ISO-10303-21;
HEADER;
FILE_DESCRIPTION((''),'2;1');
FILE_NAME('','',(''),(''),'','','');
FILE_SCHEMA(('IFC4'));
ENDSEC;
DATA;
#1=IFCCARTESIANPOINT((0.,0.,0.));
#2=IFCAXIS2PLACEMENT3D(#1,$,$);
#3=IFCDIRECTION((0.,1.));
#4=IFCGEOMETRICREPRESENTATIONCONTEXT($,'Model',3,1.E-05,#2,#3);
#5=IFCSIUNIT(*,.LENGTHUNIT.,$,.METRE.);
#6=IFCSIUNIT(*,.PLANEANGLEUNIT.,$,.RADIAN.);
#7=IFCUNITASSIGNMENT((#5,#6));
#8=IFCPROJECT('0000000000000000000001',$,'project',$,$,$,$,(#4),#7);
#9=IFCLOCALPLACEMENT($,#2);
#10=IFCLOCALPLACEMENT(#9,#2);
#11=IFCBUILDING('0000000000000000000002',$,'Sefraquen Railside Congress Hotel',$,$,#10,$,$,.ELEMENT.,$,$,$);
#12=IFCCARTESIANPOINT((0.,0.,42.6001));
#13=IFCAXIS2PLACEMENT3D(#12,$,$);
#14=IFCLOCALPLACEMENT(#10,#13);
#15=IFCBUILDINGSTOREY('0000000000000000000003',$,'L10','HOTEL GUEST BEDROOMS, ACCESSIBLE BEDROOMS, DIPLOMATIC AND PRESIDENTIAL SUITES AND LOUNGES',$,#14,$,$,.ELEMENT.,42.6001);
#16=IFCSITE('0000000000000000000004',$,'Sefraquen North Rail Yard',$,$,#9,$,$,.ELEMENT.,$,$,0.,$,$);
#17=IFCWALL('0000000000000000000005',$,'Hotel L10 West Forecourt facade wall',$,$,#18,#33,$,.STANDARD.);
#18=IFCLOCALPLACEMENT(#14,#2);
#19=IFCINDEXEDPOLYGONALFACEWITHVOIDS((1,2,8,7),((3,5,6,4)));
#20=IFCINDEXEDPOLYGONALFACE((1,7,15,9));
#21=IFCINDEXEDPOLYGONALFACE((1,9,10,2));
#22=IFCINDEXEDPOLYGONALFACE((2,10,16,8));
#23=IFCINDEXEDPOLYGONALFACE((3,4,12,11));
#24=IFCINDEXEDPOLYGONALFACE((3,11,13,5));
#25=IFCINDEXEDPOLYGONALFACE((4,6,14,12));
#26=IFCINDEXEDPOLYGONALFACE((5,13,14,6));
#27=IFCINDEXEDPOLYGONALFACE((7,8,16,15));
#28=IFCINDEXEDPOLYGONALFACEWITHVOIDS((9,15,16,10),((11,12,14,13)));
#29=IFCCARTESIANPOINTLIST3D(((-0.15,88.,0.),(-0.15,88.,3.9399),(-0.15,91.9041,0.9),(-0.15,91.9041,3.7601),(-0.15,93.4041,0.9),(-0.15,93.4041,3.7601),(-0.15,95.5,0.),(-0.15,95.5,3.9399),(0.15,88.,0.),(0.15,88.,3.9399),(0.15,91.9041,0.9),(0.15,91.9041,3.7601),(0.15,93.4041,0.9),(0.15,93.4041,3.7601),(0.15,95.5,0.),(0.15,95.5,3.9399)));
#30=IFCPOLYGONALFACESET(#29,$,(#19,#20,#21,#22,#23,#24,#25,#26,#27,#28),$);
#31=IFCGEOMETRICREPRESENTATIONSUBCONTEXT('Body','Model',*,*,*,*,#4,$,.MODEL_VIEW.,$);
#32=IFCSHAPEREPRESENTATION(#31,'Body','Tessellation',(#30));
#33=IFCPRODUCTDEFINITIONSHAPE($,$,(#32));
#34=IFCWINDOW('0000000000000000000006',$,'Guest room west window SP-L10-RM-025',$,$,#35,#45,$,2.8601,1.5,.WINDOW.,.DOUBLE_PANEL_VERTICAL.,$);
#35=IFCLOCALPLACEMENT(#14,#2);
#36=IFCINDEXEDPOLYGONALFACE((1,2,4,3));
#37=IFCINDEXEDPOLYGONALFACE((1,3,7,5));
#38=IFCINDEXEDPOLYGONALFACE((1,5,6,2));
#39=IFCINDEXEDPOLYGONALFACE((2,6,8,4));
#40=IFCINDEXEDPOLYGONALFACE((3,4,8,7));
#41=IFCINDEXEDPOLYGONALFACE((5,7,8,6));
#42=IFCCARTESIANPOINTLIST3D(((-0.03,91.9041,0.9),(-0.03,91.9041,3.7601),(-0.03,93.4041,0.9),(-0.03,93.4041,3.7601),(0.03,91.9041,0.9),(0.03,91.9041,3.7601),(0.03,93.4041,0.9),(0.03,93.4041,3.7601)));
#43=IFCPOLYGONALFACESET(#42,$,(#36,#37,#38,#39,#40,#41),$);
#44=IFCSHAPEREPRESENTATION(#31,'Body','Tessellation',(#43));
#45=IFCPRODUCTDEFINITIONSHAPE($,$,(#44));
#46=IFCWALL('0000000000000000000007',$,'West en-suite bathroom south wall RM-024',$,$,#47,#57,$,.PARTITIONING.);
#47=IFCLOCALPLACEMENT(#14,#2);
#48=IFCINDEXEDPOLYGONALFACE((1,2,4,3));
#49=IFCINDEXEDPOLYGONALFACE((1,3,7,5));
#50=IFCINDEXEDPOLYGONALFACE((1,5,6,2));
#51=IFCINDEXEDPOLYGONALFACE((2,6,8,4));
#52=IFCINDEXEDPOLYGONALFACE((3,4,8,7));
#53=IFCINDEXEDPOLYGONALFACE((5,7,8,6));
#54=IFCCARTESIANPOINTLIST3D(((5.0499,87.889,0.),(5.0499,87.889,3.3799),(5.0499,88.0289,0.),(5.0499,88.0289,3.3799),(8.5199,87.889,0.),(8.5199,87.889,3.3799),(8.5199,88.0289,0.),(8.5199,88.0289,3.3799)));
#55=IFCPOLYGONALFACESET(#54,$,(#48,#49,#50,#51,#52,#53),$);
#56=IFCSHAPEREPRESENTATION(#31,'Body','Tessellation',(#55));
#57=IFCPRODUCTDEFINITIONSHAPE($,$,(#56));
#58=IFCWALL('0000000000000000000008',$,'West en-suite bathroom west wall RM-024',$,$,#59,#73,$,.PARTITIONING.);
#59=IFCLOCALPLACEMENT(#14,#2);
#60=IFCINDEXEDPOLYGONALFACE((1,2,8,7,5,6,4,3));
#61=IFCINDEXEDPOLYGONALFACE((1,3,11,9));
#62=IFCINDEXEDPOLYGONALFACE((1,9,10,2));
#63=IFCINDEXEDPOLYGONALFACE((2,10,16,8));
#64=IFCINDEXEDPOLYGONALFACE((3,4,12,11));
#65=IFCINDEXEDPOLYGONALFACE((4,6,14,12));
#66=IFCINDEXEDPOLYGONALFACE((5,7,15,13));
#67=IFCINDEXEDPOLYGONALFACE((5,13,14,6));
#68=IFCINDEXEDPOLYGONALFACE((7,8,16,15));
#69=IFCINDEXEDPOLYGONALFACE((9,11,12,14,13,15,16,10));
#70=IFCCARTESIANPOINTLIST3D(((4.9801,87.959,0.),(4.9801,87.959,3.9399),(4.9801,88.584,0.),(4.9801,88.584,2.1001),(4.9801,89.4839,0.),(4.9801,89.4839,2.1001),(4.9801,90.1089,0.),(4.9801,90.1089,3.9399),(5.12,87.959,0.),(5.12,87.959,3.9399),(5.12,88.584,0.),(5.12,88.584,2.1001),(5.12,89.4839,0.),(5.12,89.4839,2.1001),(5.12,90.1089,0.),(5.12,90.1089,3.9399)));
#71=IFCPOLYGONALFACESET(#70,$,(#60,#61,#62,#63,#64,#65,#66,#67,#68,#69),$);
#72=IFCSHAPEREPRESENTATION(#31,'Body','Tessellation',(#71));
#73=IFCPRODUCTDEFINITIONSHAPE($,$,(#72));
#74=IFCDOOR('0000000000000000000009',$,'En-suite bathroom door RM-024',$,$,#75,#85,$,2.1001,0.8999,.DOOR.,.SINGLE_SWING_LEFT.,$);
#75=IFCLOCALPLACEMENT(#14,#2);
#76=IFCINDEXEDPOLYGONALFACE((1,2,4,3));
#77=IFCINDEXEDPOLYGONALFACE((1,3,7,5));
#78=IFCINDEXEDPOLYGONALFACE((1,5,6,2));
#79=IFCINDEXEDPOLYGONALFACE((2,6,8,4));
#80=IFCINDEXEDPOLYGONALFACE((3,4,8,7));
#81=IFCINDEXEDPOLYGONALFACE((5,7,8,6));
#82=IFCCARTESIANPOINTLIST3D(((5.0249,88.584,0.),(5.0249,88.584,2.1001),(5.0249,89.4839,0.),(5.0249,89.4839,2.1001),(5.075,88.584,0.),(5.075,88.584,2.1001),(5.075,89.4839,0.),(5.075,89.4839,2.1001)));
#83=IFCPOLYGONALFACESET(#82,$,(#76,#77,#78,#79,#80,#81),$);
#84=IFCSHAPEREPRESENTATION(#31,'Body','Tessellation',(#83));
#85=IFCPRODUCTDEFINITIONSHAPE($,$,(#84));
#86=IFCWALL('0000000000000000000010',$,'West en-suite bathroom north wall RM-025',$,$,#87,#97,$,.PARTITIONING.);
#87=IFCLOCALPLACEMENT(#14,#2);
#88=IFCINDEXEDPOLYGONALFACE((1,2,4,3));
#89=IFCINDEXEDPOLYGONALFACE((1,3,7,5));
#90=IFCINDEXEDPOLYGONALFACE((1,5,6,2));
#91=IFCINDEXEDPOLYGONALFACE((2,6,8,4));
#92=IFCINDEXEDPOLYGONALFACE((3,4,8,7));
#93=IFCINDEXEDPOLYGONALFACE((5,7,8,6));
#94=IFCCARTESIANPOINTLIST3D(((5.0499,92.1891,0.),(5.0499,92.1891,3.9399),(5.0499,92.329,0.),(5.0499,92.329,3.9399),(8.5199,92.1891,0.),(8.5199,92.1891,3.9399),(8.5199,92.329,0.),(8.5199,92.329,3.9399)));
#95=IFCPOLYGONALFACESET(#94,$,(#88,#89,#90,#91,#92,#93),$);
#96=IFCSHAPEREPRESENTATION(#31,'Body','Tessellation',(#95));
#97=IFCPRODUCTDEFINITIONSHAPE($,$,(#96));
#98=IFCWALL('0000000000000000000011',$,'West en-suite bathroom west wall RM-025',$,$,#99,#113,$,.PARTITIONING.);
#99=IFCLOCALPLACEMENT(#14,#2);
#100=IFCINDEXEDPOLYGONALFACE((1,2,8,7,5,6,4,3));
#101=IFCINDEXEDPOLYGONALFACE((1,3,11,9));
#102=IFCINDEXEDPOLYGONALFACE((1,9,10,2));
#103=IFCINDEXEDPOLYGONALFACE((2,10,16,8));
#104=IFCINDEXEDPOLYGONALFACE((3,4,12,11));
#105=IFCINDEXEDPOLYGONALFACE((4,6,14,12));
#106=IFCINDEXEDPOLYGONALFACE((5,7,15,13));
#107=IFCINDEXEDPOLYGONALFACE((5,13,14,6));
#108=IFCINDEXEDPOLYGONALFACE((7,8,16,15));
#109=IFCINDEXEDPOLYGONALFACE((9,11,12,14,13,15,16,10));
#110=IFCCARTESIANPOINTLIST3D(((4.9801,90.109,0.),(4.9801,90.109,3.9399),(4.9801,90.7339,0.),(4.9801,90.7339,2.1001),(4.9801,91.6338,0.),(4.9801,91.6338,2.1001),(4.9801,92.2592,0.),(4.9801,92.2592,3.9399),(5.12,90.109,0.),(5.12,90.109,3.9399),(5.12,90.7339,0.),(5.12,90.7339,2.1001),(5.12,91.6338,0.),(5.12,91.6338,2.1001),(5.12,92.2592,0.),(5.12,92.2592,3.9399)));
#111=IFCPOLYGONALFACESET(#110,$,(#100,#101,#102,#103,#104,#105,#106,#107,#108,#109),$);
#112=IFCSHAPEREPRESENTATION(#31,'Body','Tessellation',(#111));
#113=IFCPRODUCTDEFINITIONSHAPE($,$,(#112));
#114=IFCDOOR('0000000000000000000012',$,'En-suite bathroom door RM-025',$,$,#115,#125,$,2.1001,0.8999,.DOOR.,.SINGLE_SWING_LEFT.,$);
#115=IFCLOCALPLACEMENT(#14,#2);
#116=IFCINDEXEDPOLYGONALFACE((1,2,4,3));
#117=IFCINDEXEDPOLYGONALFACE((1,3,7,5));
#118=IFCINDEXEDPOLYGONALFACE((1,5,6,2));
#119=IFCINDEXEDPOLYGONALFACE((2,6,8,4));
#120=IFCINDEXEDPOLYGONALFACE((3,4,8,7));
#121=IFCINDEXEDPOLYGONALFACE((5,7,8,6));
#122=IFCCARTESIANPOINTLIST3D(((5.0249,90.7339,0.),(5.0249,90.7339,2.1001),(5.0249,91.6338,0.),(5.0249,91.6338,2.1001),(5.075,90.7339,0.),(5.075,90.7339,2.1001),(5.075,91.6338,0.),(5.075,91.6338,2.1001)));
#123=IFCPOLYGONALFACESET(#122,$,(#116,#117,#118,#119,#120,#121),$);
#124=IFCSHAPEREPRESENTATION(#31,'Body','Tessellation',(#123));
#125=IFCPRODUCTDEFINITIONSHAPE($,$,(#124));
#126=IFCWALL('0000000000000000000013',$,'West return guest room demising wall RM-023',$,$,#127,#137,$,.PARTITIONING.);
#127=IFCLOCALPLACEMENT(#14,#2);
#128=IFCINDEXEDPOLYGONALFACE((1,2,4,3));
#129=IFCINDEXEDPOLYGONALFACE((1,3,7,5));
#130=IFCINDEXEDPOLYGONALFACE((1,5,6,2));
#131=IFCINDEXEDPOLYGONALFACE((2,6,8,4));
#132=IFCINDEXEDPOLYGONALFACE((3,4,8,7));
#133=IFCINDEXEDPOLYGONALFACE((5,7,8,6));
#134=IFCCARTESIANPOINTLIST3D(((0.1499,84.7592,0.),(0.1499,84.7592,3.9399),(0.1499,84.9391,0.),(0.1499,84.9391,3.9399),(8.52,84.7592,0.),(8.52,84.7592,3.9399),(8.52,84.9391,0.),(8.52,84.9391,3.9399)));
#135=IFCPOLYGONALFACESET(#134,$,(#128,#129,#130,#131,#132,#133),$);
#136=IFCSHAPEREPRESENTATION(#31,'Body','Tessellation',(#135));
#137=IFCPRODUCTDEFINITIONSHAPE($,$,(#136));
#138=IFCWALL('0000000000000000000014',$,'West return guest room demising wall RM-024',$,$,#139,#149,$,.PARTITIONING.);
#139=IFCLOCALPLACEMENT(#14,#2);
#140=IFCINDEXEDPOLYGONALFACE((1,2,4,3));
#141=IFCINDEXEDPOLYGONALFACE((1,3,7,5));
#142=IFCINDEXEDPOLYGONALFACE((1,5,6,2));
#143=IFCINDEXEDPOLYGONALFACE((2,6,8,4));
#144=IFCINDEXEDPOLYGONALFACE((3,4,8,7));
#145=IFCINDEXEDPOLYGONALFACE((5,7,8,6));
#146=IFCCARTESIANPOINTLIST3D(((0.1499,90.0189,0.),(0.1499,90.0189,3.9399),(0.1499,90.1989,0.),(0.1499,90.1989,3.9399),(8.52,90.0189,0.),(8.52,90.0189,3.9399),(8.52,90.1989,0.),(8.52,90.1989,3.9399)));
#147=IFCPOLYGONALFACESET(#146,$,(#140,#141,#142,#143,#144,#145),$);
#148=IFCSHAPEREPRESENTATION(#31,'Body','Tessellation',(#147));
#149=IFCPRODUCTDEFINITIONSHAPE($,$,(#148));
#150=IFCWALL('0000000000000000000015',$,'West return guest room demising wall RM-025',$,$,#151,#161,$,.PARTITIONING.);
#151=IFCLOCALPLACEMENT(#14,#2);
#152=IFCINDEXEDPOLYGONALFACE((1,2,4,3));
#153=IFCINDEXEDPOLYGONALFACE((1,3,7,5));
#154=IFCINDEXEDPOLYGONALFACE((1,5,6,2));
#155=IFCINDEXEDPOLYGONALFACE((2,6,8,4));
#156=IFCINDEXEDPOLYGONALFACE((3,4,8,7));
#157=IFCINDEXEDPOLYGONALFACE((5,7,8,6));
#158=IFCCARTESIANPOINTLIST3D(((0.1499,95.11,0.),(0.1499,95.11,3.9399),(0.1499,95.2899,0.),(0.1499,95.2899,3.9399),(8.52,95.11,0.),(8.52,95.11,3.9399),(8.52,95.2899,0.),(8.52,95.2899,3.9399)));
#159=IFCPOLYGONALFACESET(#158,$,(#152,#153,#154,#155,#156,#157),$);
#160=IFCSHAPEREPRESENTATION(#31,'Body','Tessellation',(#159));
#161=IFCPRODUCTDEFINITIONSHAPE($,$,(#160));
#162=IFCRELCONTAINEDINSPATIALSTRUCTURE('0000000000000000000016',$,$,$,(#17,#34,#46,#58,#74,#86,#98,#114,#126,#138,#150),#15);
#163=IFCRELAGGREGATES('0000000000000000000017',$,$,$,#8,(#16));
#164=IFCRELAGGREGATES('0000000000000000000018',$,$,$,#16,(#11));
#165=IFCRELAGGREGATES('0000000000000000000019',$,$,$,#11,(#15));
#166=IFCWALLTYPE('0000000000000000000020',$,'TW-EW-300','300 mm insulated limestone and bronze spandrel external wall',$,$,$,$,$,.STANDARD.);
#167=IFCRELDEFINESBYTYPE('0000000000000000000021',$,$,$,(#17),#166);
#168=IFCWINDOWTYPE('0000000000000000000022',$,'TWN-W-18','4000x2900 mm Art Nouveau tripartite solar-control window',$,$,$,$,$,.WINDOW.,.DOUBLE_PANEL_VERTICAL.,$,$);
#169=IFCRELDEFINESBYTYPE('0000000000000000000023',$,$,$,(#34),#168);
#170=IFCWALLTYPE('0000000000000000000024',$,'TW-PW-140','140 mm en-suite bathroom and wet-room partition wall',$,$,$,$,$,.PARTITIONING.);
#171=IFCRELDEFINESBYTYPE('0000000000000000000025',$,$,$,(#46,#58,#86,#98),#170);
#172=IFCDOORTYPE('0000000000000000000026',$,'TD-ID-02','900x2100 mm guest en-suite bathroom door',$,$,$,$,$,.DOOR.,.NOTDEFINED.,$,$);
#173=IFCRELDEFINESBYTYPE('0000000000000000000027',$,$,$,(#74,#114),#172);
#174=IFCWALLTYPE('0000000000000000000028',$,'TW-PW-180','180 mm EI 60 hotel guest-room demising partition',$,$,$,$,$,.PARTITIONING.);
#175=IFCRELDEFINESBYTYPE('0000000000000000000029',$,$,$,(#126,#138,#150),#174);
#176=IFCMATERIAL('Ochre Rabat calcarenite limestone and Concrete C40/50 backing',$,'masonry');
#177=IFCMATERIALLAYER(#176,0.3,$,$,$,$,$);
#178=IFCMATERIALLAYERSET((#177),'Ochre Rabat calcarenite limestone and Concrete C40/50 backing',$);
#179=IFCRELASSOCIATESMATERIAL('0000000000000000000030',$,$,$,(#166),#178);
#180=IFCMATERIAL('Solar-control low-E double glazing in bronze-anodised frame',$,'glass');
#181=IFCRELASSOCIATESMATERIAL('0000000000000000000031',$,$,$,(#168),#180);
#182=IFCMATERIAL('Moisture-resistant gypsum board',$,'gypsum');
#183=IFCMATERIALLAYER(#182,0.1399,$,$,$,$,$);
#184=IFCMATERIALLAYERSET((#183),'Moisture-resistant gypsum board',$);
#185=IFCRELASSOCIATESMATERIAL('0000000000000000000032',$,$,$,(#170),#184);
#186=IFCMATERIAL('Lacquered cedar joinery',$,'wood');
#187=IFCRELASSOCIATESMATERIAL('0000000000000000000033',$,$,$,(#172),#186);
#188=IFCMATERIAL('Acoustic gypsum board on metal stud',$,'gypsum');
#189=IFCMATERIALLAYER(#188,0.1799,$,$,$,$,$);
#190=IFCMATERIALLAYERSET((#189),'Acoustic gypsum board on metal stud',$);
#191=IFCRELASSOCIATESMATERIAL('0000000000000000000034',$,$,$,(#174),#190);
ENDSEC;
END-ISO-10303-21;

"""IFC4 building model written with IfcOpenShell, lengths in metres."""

from ifc_helpers import new_model, si_unit, direction, frame, frame_2d, origin, place, context, subcontext, project, spatial, rectangle, extrude, material, layer, layer_set, type_object, element, fill, save


model = new_model("IFC4")

# Units and contexts
model_context = context("Model", 3, precision=1e-05, world=origin(), true_north=direction((0.0, 1.0)))
body_context = subcontext(model_context, "Body", "Model", "MODEL_VIEW")
ifc_project = project(units=[si_unit("LENGTHUNIT", "METRE"), si_unit("PLANEANGLEUNIT", "RADIAN")], contexts=[model_context])

# Site, building, storey
site_placement = place(None, origin())
site = spatial("IfcSite", under=ifc_project, at=site_placement, Name="Sefraquen North Rail Yard", CompositionType="ELEMENT", RefElevation=0.0)
building_placement = place(site_placement, origin())
building = spatial("IfcBuilding", under=site, at=building_placement, Name="Sefraquen Railside Congress Hotel", CompositionType="ELEMENT")
storey_placement = place(building_placement, frame((0.0, 0.0, 42.6001)))
storey = spatial("IfcBuildingStorey", under=building, at=storey_placement, Name="L10", Description="HOTEL GUEST BEDROOMS, ACCESSIBLE BEDROOMS, DIPLOMATIC AND PRESIDENTIAL SUITES AND LOUNGES", CompositionType="ELEMENT", Elevation=42.6001)

# Wall, opening, window
ifc_material_1 = material(Name="Ochre Rabat calcarenite limestone and Concrete C40/50 backing", Category="masonry")
ifc_layer_1 = layer(ifc_material_1, 0.3)
ifc_layer_set_1 = layer_set([ifc_layer_1], Name="Ochre Rabat calcarenite limestone and Concrete C40/50 backing")
wall_type_1 = type_object("IfcWallType", Name="TW-EW-300", Description="300 mm insulated limestone and bronze spandrel external wall", PredefinedType="STANDARD", material=ifc_layer_set_1)
wall_1_placement = place(storey_placement, frame((0.0, 88.0, 0.0), z_axis=(0.0, 0.0, 1.0), x_axis=(0.0, 1.0, 0.0)))
wall_1 = element("IfcWall", 1, at=wall_1_placement, inside=storey, type_object=wall_type_1, Name="Hotel L10 West Forecourt facade wall", PredefinedType="STANDARD", context=body_context, shape_type="SweptSolid", body=[
    extrude(rectangle(XDim=7.5, YDim=0.3, at=frame_2d((3.75, 0.0))), origin(), (0.0, 0.0, 1.0), 3.9399),
])
opening_1_placement = place(wall_1_placement, frame((3.9041, 0.0, 0.8999)))
opening_1 = element("IfcOpeningElement", 2, at=opening_1_placement, cuts=wall_1, PredefinedType="OPENING", context=body_context, shape_type="SweptSolid", body=[
    extrude(rectangle(XDim=1.5, YDim=2.8601, at=frame_2d((0.75, 1.4302))), frame((0.0, 0.1599, 0.0), z_axis=(0.0, -1.0, 0.0), x_axis=(1.0, 0.0, 0.0)), (0.0, 0.0, 1.0), 0.3201),
])
ifc_material_2 = material(Name="Solar-control low-E double glazing in bronze-anodised frame", Category="glass")
window_type = type_object("IfcWindowType", Name="TWN-W-18", Description="4000x2900 mm Art Nouveau tripartite solar-control window", PartitioningType="DOUBLE_PANEL_VERTICAL", PredefinedType="WINDOW", material=ifc_material_2)
window_placement = place(opening_1_placement, origin())
window = element("IfcWindow", 3, at=window_placement, inside=storey, type_object=window_type, Name="Guest room west window SP-L10-RM-025", OverallHeight=2.8601, OverallWidth=1.5, PartitioningType="DOUBLE_PANEL_VERTICAL", PredefinedType="WINDOW", context=body_context, shape_type="SweptSolid", body=[
    extrude(rectangle(XDim=1.5, YDim=2.8601, at=frame_2d((0.75, 1.4302))), frame((0.0, 0.03, 0.0), z_axis=(0.0, -1.0, 0.0), x_axis=(1.0, 0.0, 0.0)), (0.0, 0.0, 1.0), 0.0601),
])
fill(opening_1, window)

# Wall
ifc_material_3 = material(Name="Moisture-resistant gypsum board", Category="gypsum")
ifc_layer_2 = layer(ifc_material_3, 0.1399)
ifc_layer_set_2 = layer_set([ifc_layer_2], Name="Moisture-resistant gypsum board")
wall_type_2 = type_object("IfcWallType", Name="TW-PW-140", Description="140 mm en-suite bathroom and wet-room partition wall", PredefinedType="PARTITIONING", material=ifc_layer_set_2)
wall_2_placement = place(storey_placement, frame((5.05, 87.959, 0.0), z_axis=(0.0, 0.0, 1.0), x_axis=(1.0, 0.0, 0.0)))
element("IfcWall", 4, at=wall_2_placement, inside=storey, type_object=wall_type_2, Name="West en-suite bathroom south wall RM-024", PredefinedType="PARTITIONING", context=body_context, shape_type="SweptSolid", body=[
    extrude(rectangle(XDim=3.47, YDim=0.1399, at=frame_2d((1.7349, 0.0))), origin(), (0.0, 0.0, 1.0), 3.3799),
])

# Wall, opening, door
wall_3_placement = place(storey_placement, frame((5.05, 87.959, 0.0), z_axis=(0.0, 0.0, 1.0), x_axis=(0.0, 1.0, 0.0)))
wall_3 = element("IfcWall", 5, at=wall_3_placement, inside=storey, type_object=wall_type_2, Name="West en-suite bathroom west wall RM-024", PredefinedType="PARTITIONING", context=body_context, shape_type="SweptSolid", body=[
    extrude(rectangle(XDim=2.1499, YDim=0.1399, at=frame_2d((1.075, 0.0))), origin(), (0.0, 0.0, 1.0), 3.9399),
])
opening_2_placement = place(wall_3_placement, frame((0.625, 0.0, 0.0)))
opening_2 = element("IfcOpeningElement", 6, at=opening_2_placement, cuts=wall_3, PredefinedType="OPENING", context=body_context, shape_type="SweptSolid", body=[
    extrude(rectangle(XDim=0.8999, YDim=2.1001, at=frame_2d((0.45, 1.05))), frame((0.0, 0.0798, 0.0), z_axis=(0.0, -1.0, 0.0), x_axis=(1.0, 0.0, 0.0)), (0.0, 0.0, 1.0), 0.1599),
])
ifc_material_4 = material(Name="Lacquered cedar joinery", Category="wood")
door_type = type_object("IfcDoorType", Name="TD-ID-02", Description="900x2100 mm guest en-suite bathroom door", OperationType="NOTDEFINED", PredefinedType="DOOR", material=ifc_material_4)
door_1_placement = place(opening_2_placement, frame((0.8999, 0.0, 0.0), z_axis=(0.0, 0.0, 1.0), x_axis=(-1.0, 0.0, 0.0)))
door_1 = element("IfcDoor", 7, at=door_1_placement, inside=storey, type_object=door_type, Name="En-suite bathroom door RM-024", OperationType="SINGLE_SWING_LEFT", OverallHeight=2.1001, OverallWidth=0.8999, PredefinedType="DOOR", context=body_context, shape_type="SweptSolid", body=[
    extrude(rectangle(XDim=0.8999, YDim=2.1001, at=frame_2d((0.45, 1.05))), frame((0.0, 0.0249, 0.0), z_axis=(0.0, -1.0, 0.0), x_axis=(1.0, 0.0, 0.0)), (0.0, 0.0, 1.0), 0.05),
])
fill(opening_2, door_1)

# Wall
wall_4_placement = place(storey_placement, frame((5.05, 92.259, 0.0), z_axis=(0.0, 0.0, 1.0), x_axis=(1.0, 0.0, 0.0)))
element("IfcWall", 8, at=wall_4_placement, inside=storey, type_object=wall_type_2, Name="West en-suite bathroom north wall RM-025", PredefinedType="PARTITIONING", context=body_context, shape_type="SweptSolid", body=[
    extrude(rectangle(XDim=3.47, YDim=0.1399, at=frame_2d((1.7349, 0.0))), origin(), (0.0, 0.0, 1.0), 3.9399),
])

# Wall, opening, door
wall_5_placement = place(storey_placement, frame((5.05, 90.1089, 0.0), z_axis=(0.0, 0.0, 1.0), x_axis=(0.0, 1.0, 0.0)))
wall_5 = element("IfcWall", 9, at=wall_5_placement, inside=storey, type_object=wall_type_2, Name="West en-suite bathroom west wall RM-025", PredefinedType="PARTITIONING", context=body_context, shape_type="SweptSolid", body=[
    extrude(rectangle(XDim=2.1501, YDim=0.1399, at=frame_2d((1.0752, 0.0))), origin(), (0.0, 0.0, 1.0), 3.9399),
])
opening_3_placement = place(wall_5_placement, frame((0.625, 0.0, 0.0)))
opening_3 = element("IfcOpeningElement", 10, at=opening_3_placement, cuts=wall_5, PredefinedType="OPENING", context=body_context, shape_type="SweptSolid", body=[
    extrude(rectangle(XDim=0.8999, YDim=2.1001, at=frame_2d((0.45, 1.05))), frame((0.0, 0.0798, 0.0), z_axis=(0.0, -1.0, 0.0), x_axis=(1.0, 0.0, 0.0)), (0.0, 0.0, 1.0), 0.1599),
])
door_2_placement = place(opening_3_placement, frame((0.8999, 0.0, 0.0), z_axis=(0.0, 0.0, 1.0), x_axis=(-1.0, 0.0, 0.0)))
door_2 = element("IfcDoor", 11, at=door_2_placement, inside=storey, type_object=door_type, Name="En-suite bathroom door RM-025", OperationType="SINGLE_SWING_LEFT", OverallHeight=2.1001, OverallWidth=0.8999, PredefinedType="DOOR", context=body_context, shape_type="SweptSolid", body=[
    extrude(rectangle(XDim=0.8999, YDim=2.1001, at=frame_2d((0.45, 1.05))), frame((0.0, 0.0249, 0.0), z_axis=(0.0, -1.0, 0.0), x_axis=(1.0, 0.0, 0.0)), (0.0, 0.0, 1.0), 0.05),
])
fill(opening_3, door_2)

# Walls
ifc_material_5 = material(Name="Acoustic gypsum board on metal stud", Category="gypsum")
ifc_layer_3 = layer(ifc_material_5, 0.1799)
ifc_layer_set_3 = layer_set([ifc_layer_3], Name="Acoustic gypsum board on metal stud")
wall_type_3 = type_object("IfcWallType", Name="TW-PW-180", Description="180 mm EI 60 hotel guest-room demising partition", PredefinedType="PARTITIONING", material=ifc_layer_set_3)
for number, where, z_axis, x_axis, name in (
    (12, (0.1499, 84.8491, 0.0), (0.0, 0.0, 1.0), (1.0, 0.0, 0.0), "West return guest room demising wall RM-023"),
    (13, (0.1499, 90.1089, 0.0), (0.0, 0.0, 1.0), (1.0, 0.0, 0.0), "West return guest room demising wall RM-024"),
    (14, (0.1499, 95.2, 0.0), (0.0, 0.0, 1.0), (1.0, 0.0, 0.0), "West return guest room demising wall RM-025"),
):
    element("IfcWall", number, at=place(storey_placement, frame(where, z_axis=z_axis, x_axis=x_axis)), inside=storey, type_object=wall_type_3, Name=name, PredefinedType="PARTITIONING", context=body_context, shape_type="SweptSolid", body=[
        extrude(rectangle(XDim=8.3701, YDim=0.1799, at=frame_2d((4.1851, 0.0))), origin(), (0.0, 0.0, 1.0), 3.9399),
    ])

save(model, "model.ifc")
